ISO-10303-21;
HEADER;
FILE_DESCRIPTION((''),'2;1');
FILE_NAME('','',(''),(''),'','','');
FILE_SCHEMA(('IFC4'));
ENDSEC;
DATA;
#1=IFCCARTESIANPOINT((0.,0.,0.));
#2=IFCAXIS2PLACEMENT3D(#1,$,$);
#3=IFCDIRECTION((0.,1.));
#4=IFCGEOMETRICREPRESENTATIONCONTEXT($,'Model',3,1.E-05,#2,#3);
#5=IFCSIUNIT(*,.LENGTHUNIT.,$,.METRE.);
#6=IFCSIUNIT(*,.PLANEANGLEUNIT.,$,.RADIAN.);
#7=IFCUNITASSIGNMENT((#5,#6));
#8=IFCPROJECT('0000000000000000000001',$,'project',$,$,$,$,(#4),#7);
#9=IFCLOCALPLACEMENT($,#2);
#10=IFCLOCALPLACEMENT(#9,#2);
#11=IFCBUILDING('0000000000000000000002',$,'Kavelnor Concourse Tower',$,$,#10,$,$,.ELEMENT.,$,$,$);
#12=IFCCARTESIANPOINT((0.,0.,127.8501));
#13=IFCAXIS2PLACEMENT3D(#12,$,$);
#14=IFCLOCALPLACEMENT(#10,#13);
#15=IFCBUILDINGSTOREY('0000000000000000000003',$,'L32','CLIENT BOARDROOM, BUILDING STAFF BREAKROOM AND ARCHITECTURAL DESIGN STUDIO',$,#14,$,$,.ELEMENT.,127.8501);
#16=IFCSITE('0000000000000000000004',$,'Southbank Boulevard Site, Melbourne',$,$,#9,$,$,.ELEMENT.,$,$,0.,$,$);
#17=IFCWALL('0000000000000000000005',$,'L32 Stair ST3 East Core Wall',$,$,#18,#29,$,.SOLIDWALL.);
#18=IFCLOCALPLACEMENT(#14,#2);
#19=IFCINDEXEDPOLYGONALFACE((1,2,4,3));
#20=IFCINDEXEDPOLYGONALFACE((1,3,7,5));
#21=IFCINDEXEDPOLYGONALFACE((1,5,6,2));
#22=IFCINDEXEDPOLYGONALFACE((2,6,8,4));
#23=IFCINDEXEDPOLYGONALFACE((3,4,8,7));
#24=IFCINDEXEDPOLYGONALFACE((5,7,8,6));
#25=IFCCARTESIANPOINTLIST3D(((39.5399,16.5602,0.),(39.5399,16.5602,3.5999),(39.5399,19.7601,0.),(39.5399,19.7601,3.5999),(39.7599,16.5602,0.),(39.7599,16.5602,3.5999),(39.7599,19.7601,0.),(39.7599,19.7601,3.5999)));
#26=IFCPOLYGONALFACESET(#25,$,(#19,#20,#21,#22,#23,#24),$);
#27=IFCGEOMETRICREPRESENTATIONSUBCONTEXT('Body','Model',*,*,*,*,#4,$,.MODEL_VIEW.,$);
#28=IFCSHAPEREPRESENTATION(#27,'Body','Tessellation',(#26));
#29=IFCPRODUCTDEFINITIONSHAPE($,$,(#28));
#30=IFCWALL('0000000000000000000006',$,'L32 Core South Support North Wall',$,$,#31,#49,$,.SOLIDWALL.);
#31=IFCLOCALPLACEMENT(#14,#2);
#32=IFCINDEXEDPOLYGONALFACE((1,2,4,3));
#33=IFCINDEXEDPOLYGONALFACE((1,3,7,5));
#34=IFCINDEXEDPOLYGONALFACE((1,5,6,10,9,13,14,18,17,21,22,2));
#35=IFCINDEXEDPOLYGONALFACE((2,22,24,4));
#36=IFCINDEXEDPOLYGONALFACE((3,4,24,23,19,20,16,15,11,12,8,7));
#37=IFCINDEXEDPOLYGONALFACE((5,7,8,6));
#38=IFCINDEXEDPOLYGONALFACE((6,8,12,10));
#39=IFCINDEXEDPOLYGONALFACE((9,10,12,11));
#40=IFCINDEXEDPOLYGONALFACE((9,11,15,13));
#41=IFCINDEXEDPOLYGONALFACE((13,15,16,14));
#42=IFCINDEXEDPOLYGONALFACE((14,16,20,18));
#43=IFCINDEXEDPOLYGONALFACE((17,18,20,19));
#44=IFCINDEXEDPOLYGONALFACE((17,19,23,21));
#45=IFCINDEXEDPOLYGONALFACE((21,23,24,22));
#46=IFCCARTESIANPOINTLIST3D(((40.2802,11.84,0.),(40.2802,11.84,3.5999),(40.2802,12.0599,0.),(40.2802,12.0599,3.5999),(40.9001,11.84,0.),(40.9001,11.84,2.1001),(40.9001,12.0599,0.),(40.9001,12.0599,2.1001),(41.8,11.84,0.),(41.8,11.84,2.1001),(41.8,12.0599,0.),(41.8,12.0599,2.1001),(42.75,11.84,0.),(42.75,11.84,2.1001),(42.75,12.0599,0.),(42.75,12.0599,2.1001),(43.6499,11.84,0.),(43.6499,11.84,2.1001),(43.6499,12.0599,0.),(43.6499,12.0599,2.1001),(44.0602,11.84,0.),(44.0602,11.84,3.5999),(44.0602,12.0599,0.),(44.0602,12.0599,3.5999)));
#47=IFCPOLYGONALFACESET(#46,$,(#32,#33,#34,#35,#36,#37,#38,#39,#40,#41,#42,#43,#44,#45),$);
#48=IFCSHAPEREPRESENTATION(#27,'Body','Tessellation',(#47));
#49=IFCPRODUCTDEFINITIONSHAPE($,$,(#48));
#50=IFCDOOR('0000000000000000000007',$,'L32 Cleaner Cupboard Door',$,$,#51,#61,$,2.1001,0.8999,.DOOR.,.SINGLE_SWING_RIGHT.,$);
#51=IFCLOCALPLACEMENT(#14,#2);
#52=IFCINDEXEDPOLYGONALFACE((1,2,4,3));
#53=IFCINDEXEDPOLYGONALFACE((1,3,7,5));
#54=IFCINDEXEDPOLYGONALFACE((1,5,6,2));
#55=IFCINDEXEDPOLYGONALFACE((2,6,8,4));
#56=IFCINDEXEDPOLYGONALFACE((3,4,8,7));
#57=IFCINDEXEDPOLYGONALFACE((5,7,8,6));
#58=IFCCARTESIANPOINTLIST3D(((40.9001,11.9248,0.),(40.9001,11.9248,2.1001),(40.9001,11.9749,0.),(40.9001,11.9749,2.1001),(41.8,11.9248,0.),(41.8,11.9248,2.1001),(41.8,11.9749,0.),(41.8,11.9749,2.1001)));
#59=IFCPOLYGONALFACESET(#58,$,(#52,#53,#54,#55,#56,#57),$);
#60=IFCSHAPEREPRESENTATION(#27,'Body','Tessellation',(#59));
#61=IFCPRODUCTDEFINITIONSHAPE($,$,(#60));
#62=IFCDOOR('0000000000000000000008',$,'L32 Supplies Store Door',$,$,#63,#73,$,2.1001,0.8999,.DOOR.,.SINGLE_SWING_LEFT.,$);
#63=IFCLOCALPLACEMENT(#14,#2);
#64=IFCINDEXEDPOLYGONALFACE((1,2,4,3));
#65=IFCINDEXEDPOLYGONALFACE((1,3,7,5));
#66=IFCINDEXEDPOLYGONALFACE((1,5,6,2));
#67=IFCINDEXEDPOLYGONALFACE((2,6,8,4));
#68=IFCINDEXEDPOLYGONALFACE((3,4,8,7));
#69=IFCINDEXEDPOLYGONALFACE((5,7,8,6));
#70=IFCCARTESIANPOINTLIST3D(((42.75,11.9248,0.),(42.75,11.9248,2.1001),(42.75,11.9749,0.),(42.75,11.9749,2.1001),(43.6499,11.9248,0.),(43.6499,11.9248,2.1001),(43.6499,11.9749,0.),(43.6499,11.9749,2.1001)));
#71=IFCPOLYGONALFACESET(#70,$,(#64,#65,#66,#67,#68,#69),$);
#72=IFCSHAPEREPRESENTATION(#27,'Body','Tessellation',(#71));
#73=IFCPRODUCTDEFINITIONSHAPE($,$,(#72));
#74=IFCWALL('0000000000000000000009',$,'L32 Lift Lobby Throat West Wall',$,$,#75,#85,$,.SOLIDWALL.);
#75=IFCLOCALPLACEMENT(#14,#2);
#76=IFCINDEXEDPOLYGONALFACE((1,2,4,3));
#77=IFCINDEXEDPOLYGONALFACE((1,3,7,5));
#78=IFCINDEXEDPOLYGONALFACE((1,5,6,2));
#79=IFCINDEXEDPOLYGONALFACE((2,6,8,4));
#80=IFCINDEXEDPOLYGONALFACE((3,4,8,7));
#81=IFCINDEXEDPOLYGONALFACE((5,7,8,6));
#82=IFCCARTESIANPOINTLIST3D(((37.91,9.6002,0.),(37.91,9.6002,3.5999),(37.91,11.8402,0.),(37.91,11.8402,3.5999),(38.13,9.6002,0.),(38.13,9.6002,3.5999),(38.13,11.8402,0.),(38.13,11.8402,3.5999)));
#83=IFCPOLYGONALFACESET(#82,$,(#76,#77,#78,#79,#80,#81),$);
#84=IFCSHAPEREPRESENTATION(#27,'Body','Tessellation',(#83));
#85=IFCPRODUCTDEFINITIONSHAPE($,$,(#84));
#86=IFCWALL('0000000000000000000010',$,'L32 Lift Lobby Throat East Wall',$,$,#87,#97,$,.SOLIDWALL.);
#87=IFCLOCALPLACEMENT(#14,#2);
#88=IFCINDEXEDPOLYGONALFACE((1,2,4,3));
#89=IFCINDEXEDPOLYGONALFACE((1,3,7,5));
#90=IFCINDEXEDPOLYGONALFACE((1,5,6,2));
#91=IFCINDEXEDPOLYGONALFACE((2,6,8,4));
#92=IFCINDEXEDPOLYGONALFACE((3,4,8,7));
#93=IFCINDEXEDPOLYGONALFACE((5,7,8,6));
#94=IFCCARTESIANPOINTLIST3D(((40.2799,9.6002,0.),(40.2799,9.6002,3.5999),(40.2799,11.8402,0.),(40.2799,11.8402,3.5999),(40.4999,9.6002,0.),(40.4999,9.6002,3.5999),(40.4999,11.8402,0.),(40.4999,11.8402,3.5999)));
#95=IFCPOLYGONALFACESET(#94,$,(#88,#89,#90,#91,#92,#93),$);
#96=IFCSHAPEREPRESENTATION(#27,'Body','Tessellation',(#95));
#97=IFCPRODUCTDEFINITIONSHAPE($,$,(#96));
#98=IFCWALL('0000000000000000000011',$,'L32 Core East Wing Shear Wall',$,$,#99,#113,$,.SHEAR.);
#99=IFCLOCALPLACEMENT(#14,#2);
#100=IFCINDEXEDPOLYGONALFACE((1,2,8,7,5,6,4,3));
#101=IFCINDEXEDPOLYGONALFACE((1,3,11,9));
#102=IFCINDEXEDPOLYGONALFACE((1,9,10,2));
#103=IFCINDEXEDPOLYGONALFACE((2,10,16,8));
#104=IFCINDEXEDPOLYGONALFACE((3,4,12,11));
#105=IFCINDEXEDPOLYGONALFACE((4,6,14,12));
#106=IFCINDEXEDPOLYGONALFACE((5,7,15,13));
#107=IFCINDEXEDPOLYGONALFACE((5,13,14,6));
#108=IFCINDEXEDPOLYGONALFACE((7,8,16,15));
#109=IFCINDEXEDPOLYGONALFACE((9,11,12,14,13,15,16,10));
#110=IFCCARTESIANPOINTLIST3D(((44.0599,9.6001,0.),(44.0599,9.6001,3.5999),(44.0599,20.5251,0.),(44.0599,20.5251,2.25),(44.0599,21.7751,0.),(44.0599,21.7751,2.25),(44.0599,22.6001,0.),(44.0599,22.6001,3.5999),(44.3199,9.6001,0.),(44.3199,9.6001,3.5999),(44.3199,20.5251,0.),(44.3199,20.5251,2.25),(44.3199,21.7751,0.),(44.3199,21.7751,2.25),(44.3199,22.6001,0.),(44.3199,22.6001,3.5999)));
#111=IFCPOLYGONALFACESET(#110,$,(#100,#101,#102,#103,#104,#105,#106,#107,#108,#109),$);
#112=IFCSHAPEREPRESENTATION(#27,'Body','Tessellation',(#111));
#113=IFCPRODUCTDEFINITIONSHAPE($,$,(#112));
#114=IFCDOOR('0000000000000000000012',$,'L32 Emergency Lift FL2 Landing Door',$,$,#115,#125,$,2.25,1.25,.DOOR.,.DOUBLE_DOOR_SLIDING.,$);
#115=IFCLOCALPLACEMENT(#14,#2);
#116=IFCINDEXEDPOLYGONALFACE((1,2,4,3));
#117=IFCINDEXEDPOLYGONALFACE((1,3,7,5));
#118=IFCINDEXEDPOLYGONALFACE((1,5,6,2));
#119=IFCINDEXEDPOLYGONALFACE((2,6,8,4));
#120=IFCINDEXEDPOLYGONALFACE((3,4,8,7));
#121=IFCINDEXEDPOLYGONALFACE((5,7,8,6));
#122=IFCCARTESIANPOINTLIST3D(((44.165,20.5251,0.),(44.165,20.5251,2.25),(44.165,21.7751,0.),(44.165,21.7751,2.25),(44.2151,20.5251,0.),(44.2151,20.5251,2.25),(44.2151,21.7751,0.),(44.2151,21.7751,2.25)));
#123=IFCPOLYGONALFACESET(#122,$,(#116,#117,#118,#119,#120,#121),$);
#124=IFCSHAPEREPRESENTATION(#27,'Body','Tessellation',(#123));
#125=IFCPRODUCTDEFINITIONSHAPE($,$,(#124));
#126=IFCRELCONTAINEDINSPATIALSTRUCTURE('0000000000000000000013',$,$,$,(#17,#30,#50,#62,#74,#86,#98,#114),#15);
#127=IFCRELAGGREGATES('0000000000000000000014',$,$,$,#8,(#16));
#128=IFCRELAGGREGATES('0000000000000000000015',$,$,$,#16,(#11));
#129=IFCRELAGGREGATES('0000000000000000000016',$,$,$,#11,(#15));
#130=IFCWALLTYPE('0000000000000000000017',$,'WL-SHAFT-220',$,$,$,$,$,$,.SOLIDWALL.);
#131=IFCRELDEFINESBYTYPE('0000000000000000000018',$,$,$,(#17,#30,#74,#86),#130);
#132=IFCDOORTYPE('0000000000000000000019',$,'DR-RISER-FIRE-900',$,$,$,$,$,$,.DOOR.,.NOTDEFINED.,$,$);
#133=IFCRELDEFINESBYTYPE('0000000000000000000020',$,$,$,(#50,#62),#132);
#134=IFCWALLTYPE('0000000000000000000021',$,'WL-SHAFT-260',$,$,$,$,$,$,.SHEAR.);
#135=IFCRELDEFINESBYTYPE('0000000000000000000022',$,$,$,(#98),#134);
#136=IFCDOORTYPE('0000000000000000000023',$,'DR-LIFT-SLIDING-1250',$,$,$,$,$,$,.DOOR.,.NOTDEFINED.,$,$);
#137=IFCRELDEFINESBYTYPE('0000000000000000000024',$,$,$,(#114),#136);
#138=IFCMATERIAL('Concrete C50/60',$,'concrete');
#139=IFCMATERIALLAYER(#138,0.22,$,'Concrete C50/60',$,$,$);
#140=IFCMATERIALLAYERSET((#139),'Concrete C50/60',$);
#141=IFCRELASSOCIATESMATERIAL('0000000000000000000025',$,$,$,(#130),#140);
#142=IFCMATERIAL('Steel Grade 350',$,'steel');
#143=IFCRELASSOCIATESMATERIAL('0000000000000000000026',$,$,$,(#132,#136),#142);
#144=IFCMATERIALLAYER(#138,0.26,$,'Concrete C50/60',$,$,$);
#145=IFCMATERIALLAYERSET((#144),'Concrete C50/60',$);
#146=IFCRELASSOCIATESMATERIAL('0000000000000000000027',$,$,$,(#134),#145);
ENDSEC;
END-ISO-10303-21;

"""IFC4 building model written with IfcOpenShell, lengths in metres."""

from ifc_helpers import new_model, si_unit, direction, frame, frame_2d, origin, place, context, subcontext, project, spatial, rectangle, extrude, material, layer, layer_set, type_object, element, fill, save


model = new_model("IFC4")

# Units and contexts
model_context = context("Model", 3, precision=1e-05, world=origin(), true_north=direction((0.0, 1.0)))
body_context = subcontext(model_context, "Body", "Model", "MODEL_VIEW")
ifc_project = project(units=[si_unit("LENGTHUNIT", "METRE"), si_unit("PLANEANGLEUNIT", "RADIAN")], contexts=[model_context])

# Site, building, storey
site_placement = place(None, origin())
site = spatial("IfcSite", under=ifc_project, at=site_placement, Name="Southbank Boulevard Site, Melbourne", CompositionType="ELEMENT", RefElevation=0.0)
building_placement = place(site_placement, origin())
building = spatial("IfcBuilding", under=site, at=building_placement, Name="Kavelnor Concourse Tower", CompositionType="ELEMENT")
storey_placement = place(building_placement, frame((0.0, 0.0, 127.8501)))
storey = spatial("IfcBuildingStorey", under=building, at=storey_placement, Name="L32", Description="CLIENT BOARDROOM, BUILDING STAFF BREAKROOM AND ARCHITECTURAL DESIGN STUDIO", CompositionType="ELEMENT", Elevation=127.8501)

# Shared definitions
ifc_material_1 = material(Name="Steel Grade 350", Category="steel")

# Wall
ifc_material_2 = material(Name="Concrete C50/60", Category="concrete")
ifc_layer_1 = layer(ifc_material_2, 0.22, Name="Concrete C50/60")
ifc_layer_set_1 = layer_set([ifc_layer_1], Name="Concrete C50/60")
wall_type_1 = type_object("IfcWallType", Name="WL-SHAFT-220", PredefinedType="SOLIDWALL", material=ifc_layer_set_1)
wall_1_placement = place(storey_placement, frame((39.6499, 16.5601, 0.0), z_axis=(0.0, 0.0, 1.0), x_axis=(0.0, 1.0, 0.0)))
element("IfcWall", 1, at=wall_1_placement, inside=storey, type_object=wall_type_1, Name="L32 Stair ST3 East Core Wall", PredefinedType="SOLIDWALL", context=body_context, shape_type="SweptSolid", body=[
    extrude(rectangle(XDim=3.2, YDim=0.22, at=frame_2d((1.6001, 0.0))), origin(), (0.0, 0.0, 1.0), 3.5999),
])

# Wall, openings, doors
wall_2_placement = place(storey_placement, frame((40.28, 11.95, 0.0), z_axis=(0.0, 0.0, 1.0), x_axis=(1.0, 0.0, 0.0)))
wall_2 = element("IfcWall", 2, at=wall_2_placement, inside=storey, type_object=wall_type_1, Name="L32 Core South Support North Wall", PredefinedType="SOLIDWALL", context=body_context, shape_type="SweptSolid", body=[
    extrude(rectangle(XDim=3.78, YDim=0.22, at=frame_2d((1.8901, 0.0))), origin(), (0.0, 0.0, 1.0), 3.5999),
])
opening_1_placement = place(wall_2_placement, frame((0.6201, 0.0, 0.0)))
opening_1 = element("IfcOpeningElement", 3, at=opening_1_placement, cuts=wall_2, PredefinedType="OPENING", context=body_context, shape_type="SweptSolid", body=[
    extrude(rectangle(XDim=0.8999, YDim=2.1001, at=frame_2d((0.45, 1.05))), frame((0.0, 0.1201, 0.0), z_axis=(0.0, -1.0, 0.0), x_axis=(1.0, 0.0, 0.0)), (0.0, 0.0, 1.0), 0.24),
])
opening_2_placement = place(wall_2_placement, frame((2.47, 0.0, 0.0)))
opening_2 = element("IfcOpeningElement", 4, at=opening_2_placement, cuts=wall_2, PredefinedType="OPENING", context=body_context, shape_type="SweptSolid", body=[
    extrude(rectangle(XDim=0.8999, YDim=2.1001, at=frame_2d((0.45, 1.05))), frame((0.0, 0.1201, 0.0), z_axis=(0.0, -1.0, 0.0), x_axis=(1.0, 0.0, 0.0)), (0.0, 0.0, 1.0), 0.24),
])
door_type_1 = type_object("IfcDoorType", Name="DR-RISER-FIRE-900", OperationType="NOTDEFINED", PredefinedType="DOOR", material=ifc_material_1)
door_1_placement = place(opening_1_placement, origin())
door_1 = element("IfcDoor", 5, at=door_1_placement, inside=storey, type_object=door_type_1, Name="L32 Cleaner Cupboard Door", OperationType="SINGLE_SWING_RIGHT", OverallHeight=2.1001, OverallWidth=0.8999, PredefinedType="DOOR", context=body_context, shape_type="SweptSolid", body=[
    extrude(rectangle(XDim=0.8999, YDim=2.1001, at=frame_2d((0.45, 1.05))), frame((0.0, 0.0249, 0.0), z_axis=(0.0, -1.0, 0.0), x_axis=(1.0, 0.0, 0.0)), (0.0, 0.0, 1.0), 0.05),
])
fill(opening_1, door_1)
door_2_placement = place(opening_2_placement, origin())
door_2 = element("IfcDoor", 6, at=door_2_placement, inside=storey, type_object=door_type_1, Name="L32 Supplies Store Door", OperationType="SINGLE_SWING_LEFT", OverallHeight=2.1001, OverallWidth=0.8999, PredefinedType="DOOR", context=body_context, shape_type="SweptSolid", body=[
    extrude(rectangle(XDim=0.8999, YDim=2.1001, at=frame_2d((0.45, 1.05))), frame((0.0, 0.0249, 0.0), z_axis=(0.0, -1.0, 0.0), x_axis=(1.0, 0.0, 0.0)), (0.0, 0.0, 1.0), 0.05),
])
fill(opening_2, door_2)

# Walls
for number, where, z_axis, x_axis, name in (
    (7, (38.02, 9.6001, 0.0), (0.0, 0.0, 1.0), (0.0, 1.0, 0.0), "L32 Lift Lobby Throat West Wall"),
    (8, (40.3899, 9.6001, 0.0), (0.0, 0.0, 1.0), (0.0, 1.0, 0.0), "L32 Lift Lobby Throat East Wall"),
):
    element("IfcWall", number, at=place(storey_placement, frame(where, z_axis=z_axis, x_axis=x_axis)), inside=storey, type_object=wall_type_1, Name=name, PredefinedType="SOLIDWALL", context=body_context, shape_type="SweptSolid", body=[
        extrude(rectangle(XDim=2.24, YDim=0.22, at=frame_2d((1.1201, 0.0))), origin(), (0.0, 0.0, 1.0), 3.5999),
    ])

# Wall, opening, door
ifc_layer_2 = layer(ifc_material_2, 0.26, Name="Concrete C50/60")
ifc_layer_set_2 = layer_set([ifc_layer_2], Name="Concrete C50/60")
wall_type_2 = type_object("IfcWallType", Name="WL-SHAFT-260", PredefinedType="SHEAR", material=ifc_layer_set_2)
wall_3_placement = place(storey_placement, frame((44.1899, 9.6001, 0.0), z_axis=(0.0, 0.0, 1.0), x_axis=(0.0, 1.0, 0.0)))
wall_3 = element("IfcWall", 9, at=wall_3_placement, inside=storey, type_object=wall_type_2, Name="L32 Core East Wing Shear Wall", PredefinedType="SHEAR", context=body_context, shape_type="SweptSolid", body=[
    extrude(rectangle(XDim=13.0, YDim=0.26, at=frame_2d((6.5, 0.0))), origin(), (0.0, 0.0, 1.0), 3.5999),
])
opening_3_placement = place(wall_3_placement, frame((10.925, 0.0, 0.0)))
opening_3 = element("IfcOpeningElement", 10, at=opening_3_placement, cuts=wall_3, PredefinedType="OPENING", context=body_context, shape_type="SweptSolid", body=[
    extrude(rectangle(XDim=1.25, YDim=2.25, at=frame_2d((0.625, 1.125))), frame((0.0, 0.1401, 0.0), z_axis=(0.0, -1.0, 0.0), x_axis=(1.0, 0.0, 0.0)), (0.0, 0.0, 1.0), 0.28),
])
door_type_2 = type_object("IfcDoorType", Name="DR-LIFT-SLIDING-1250", OperationType="NOTDEFINED", PredefinedType="DOOR", material=ifc_material_1)
door_3_placement = place(opening_3_placement, origin())
door_3 = element("IfcDoor", 11, at=door_3_placement, inside=storey, type_object=door_type_2, Name="L32 Emergency Lift FL2 Landing Door", OperationType="DOUBLE_DOOR_SLIDING", OverallHeight=2.25, OverallWidth=1.25, PredefinedType="DOOR", context=body_context, shape_type="SweptSolid", body=[
    extrude(rectangle(XDim=1.25, YDim=2.25, at=frame_2d((0.625, 1.125))), frame((0.0, 0.0249, 0.0), z_axis=(0.0, -1.0, 0.0), x_axis=(1.0, 0.0, 0.0)), (0.0, 0.0, 1.0), 0.05),
])
fill(opening_3, door_3)

save(model, "model.ifc")
